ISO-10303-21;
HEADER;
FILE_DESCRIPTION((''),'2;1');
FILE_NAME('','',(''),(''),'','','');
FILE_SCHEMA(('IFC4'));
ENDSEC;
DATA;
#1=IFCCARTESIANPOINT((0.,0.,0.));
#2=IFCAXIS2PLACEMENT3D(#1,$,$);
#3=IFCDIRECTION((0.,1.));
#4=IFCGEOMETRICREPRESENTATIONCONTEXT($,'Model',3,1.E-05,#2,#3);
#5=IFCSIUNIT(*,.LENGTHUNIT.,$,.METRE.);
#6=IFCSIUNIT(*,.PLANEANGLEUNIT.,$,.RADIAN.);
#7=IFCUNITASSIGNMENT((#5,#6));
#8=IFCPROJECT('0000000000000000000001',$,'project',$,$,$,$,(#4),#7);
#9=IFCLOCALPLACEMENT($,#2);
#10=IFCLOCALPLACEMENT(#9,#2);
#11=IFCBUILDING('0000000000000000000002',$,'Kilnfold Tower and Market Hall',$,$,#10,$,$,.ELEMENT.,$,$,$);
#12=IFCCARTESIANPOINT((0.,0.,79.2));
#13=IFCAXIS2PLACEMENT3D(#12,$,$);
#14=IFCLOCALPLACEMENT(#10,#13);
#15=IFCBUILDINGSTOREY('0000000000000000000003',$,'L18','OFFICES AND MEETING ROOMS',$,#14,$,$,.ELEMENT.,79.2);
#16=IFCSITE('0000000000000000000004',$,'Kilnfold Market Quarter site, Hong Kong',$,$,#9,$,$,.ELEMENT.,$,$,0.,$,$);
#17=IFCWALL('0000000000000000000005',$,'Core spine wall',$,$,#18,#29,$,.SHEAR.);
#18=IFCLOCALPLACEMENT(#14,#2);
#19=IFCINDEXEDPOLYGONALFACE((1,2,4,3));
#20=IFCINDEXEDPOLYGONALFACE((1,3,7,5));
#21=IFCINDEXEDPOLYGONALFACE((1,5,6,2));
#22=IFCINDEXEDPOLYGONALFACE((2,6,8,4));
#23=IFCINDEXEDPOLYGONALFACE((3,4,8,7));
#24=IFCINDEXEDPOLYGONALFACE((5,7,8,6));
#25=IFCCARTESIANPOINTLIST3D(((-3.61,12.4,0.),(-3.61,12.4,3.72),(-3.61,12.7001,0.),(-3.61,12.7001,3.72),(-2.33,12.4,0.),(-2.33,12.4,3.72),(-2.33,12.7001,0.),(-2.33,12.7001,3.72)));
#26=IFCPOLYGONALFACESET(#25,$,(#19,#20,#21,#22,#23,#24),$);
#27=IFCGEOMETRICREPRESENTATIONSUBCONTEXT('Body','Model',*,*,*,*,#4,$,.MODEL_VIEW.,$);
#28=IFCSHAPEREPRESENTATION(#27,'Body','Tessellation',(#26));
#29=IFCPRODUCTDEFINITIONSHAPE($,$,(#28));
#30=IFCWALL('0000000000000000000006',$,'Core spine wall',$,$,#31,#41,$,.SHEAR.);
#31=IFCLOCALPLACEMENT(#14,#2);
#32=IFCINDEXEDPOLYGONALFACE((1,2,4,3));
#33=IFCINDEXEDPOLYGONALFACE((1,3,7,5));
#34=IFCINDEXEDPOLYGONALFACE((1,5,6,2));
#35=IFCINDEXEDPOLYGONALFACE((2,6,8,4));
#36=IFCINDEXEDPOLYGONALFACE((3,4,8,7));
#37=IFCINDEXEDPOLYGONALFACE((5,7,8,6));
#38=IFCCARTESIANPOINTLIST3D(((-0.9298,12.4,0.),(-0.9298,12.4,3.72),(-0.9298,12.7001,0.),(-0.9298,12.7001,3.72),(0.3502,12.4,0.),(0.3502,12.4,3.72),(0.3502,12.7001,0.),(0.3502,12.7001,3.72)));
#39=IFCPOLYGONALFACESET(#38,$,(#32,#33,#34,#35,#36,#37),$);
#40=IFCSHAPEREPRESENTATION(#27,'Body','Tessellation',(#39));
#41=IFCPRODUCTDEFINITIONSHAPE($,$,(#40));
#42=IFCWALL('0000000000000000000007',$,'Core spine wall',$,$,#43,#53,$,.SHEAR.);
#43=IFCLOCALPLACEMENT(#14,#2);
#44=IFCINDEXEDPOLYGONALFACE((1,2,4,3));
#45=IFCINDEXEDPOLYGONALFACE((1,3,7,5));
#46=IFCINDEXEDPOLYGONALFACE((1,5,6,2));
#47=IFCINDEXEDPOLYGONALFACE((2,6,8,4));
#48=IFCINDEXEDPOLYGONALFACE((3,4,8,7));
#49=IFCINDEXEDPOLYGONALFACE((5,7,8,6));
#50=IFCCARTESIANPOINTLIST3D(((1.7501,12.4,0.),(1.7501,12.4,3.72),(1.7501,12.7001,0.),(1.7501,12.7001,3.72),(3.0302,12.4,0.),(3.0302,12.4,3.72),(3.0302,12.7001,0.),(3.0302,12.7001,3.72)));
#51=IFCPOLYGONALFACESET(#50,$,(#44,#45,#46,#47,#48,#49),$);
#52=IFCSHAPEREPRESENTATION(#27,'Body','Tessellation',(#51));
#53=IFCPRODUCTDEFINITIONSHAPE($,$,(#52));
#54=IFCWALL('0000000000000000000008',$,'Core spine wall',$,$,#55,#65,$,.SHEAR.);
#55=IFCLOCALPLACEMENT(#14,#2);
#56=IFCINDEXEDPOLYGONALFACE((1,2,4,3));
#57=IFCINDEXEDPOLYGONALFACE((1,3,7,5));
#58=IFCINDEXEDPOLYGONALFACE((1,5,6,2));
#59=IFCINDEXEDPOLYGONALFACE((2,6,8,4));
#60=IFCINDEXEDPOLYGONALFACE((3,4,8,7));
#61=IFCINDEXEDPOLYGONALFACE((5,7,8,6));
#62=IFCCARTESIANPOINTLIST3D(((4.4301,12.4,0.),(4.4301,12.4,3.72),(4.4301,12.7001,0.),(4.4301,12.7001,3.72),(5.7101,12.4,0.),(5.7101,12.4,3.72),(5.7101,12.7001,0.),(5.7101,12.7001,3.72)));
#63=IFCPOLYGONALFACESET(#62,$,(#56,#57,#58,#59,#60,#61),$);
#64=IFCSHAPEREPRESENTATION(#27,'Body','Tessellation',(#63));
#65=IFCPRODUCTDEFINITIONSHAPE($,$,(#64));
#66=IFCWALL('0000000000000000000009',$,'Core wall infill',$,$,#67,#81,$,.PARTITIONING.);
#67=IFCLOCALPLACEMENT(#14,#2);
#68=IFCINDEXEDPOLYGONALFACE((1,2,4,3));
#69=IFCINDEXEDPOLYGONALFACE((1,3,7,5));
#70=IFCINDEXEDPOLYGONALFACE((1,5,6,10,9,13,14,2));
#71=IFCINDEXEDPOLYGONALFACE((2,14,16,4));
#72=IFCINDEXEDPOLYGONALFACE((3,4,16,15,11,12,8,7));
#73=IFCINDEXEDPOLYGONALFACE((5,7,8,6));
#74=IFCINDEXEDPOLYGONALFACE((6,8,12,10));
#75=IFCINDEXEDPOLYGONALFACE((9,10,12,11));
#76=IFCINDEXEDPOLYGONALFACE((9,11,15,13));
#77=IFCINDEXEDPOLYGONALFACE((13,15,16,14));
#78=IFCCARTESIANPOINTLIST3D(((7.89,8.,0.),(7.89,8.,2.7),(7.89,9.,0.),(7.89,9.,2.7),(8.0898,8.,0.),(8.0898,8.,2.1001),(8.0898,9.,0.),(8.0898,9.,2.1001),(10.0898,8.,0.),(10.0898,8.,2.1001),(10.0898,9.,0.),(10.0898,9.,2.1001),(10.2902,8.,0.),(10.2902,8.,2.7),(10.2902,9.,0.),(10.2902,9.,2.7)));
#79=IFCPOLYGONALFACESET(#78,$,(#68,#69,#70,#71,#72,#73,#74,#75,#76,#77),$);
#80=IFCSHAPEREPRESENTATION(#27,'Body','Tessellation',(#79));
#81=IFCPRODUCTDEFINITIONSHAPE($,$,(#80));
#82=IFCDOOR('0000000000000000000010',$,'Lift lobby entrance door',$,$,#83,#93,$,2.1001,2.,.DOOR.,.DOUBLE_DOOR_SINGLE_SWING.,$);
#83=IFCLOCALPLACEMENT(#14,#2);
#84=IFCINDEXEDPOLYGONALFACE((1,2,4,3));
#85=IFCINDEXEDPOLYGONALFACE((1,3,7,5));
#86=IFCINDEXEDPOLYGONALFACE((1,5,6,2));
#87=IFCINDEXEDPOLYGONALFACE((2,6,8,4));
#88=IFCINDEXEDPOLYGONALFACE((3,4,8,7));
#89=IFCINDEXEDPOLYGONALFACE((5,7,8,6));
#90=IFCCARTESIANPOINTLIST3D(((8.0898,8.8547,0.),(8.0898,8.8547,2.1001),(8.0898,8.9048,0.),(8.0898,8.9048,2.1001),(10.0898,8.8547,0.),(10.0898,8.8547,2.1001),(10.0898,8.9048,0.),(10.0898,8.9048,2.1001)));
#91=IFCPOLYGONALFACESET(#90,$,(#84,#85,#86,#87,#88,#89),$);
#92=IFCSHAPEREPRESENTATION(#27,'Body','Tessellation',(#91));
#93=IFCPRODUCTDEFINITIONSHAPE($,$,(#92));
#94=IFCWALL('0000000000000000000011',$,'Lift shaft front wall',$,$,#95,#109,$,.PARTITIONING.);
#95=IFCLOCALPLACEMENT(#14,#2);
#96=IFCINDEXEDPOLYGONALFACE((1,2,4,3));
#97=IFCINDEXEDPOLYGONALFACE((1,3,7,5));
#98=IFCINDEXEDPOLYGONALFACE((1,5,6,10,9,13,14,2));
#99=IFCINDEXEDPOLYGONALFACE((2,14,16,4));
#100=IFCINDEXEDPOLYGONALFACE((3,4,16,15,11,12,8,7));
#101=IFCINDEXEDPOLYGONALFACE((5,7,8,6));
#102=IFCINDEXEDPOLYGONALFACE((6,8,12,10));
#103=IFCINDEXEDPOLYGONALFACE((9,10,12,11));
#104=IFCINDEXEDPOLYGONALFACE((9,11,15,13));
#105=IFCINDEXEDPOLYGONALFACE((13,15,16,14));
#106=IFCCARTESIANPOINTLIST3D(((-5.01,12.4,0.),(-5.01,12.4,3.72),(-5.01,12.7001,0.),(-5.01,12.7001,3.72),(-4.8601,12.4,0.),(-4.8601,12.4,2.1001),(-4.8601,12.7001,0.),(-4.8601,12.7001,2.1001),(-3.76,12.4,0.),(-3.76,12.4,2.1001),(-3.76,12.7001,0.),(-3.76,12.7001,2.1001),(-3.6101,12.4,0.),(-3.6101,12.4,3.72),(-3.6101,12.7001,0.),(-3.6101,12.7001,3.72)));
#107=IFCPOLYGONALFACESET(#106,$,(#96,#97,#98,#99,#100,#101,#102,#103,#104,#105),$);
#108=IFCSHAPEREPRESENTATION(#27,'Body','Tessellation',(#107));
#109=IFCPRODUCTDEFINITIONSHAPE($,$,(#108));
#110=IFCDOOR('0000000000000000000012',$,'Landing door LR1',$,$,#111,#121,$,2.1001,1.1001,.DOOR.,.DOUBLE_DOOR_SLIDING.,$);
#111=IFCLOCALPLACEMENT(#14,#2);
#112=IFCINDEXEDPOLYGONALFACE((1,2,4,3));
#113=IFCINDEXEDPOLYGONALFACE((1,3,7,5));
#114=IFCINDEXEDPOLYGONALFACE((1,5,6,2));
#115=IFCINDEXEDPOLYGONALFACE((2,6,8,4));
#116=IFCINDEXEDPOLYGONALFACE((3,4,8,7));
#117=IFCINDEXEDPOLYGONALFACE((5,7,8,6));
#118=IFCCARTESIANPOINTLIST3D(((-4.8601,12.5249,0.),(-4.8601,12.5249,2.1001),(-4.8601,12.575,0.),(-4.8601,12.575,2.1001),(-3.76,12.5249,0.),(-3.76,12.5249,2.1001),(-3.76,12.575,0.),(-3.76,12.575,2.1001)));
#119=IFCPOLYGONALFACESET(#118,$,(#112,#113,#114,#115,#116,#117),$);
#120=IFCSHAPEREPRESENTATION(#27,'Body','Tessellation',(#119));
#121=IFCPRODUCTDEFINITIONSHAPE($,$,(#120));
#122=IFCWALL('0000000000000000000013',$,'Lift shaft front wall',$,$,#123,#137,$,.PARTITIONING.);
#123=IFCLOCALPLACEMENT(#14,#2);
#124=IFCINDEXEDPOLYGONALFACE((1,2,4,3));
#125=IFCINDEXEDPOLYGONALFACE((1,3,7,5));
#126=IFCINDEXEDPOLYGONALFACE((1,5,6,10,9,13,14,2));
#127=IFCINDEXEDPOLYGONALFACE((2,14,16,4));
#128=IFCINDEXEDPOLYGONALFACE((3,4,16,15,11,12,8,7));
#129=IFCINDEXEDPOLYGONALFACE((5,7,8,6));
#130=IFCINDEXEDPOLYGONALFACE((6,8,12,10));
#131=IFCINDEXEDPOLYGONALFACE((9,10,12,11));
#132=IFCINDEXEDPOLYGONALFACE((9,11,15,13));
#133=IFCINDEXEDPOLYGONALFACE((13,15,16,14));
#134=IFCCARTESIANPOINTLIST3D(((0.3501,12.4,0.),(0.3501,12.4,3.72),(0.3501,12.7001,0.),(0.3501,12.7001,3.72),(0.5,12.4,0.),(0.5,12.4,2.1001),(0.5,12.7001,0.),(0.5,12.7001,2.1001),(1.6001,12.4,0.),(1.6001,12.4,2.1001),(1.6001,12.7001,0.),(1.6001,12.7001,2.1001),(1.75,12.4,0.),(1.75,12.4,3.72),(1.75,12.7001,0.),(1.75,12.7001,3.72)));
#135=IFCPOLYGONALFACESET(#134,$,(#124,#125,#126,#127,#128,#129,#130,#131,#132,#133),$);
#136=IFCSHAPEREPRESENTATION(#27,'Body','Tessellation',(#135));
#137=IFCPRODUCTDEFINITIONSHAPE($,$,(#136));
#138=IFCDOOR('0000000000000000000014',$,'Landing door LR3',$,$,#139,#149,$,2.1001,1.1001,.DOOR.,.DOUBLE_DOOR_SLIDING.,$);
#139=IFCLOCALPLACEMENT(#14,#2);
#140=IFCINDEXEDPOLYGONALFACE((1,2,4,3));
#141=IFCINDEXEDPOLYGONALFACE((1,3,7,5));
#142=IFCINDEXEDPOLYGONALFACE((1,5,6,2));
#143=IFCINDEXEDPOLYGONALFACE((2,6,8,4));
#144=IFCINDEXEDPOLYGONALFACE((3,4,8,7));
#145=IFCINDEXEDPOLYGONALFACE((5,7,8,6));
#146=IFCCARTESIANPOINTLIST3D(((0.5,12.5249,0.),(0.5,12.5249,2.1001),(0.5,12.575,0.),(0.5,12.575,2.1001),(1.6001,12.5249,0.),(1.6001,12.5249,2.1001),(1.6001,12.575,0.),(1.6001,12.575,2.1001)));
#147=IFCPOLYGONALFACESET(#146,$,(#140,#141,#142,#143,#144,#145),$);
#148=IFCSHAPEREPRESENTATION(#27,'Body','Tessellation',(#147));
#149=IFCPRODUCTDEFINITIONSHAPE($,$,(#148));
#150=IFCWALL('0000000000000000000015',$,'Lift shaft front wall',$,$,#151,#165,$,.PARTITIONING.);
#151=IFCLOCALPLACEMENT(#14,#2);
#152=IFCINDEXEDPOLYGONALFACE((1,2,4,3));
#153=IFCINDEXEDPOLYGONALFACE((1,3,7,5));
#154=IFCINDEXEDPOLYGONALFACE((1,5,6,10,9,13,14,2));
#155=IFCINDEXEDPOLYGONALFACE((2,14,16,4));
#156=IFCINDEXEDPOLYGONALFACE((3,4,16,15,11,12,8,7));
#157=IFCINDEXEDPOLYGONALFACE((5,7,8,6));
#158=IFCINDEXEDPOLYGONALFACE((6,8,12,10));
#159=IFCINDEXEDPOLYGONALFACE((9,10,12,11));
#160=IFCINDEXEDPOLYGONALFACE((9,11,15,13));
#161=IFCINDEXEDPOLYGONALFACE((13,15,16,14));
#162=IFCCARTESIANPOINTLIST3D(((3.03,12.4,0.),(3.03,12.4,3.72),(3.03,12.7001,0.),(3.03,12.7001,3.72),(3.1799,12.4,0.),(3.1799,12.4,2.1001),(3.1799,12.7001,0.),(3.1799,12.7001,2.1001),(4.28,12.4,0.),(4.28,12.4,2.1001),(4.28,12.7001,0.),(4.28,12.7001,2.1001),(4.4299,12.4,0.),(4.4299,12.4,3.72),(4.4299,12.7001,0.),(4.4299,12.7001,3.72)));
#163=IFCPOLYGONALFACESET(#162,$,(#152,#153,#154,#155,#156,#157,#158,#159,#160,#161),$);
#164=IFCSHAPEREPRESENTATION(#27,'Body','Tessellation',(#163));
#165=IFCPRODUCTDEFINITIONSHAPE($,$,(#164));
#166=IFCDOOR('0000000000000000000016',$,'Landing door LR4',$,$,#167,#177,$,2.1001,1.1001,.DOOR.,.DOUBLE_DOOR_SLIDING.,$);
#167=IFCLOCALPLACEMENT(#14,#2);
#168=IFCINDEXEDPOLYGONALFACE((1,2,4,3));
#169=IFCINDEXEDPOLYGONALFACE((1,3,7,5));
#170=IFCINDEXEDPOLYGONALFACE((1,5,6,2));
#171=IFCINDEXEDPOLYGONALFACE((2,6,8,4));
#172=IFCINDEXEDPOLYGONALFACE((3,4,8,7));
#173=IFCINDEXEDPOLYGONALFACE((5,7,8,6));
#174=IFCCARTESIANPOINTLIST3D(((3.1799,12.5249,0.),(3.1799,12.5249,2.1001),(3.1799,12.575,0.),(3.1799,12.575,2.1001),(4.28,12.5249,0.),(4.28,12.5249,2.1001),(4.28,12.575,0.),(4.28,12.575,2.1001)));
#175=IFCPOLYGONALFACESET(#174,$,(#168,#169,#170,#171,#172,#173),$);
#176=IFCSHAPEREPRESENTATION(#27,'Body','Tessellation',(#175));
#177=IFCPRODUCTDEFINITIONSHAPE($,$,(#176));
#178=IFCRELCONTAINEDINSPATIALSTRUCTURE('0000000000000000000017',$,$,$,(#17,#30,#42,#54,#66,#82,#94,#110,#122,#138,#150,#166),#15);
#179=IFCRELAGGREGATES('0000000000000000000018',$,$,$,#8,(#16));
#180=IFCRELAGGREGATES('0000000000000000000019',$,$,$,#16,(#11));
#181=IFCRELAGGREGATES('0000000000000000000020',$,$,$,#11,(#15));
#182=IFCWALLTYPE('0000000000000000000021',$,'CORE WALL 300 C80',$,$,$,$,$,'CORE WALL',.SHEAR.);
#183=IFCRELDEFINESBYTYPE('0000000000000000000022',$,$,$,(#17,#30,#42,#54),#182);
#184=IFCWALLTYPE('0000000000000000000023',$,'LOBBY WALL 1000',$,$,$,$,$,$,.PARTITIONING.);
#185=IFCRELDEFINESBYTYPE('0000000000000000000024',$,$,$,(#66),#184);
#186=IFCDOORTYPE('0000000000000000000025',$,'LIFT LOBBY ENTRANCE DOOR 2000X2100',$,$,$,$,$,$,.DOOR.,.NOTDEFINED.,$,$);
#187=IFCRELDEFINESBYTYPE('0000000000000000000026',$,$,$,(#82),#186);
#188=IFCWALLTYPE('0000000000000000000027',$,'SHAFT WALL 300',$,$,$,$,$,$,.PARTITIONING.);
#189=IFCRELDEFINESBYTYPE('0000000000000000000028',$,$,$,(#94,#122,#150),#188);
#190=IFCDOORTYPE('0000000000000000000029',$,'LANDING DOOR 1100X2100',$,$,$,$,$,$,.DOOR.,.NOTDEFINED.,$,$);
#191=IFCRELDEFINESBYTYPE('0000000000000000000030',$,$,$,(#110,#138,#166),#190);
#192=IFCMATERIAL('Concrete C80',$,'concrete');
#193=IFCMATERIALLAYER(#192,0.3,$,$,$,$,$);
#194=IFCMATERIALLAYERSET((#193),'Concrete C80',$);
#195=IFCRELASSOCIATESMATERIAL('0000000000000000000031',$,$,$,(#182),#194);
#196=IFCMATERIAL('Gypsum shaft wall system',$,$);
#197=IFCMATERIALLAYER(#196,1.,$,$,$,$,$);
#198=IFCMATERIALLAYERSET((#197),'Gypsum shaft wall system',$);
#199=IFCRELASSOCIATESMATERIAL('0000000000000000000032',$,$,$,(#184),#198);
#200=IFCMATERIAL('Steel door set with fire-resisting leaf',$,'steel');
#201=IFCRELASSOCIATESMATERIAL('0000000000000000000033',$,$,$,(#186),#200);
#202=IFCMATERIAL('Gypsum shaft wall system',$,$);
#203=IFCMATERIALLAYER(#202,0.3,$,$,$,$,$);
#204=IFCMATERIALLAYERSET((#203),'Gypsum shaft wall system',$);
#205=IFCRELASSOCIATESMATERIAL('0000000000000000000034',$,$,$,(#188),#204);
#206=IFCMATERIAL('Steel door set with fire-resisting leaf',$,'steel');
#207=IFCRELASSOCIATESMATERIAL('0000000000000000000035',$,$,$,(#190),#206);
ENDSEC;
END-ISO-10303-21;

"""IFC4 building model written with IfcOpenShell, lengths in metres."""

from ifc_helpers import new_model, si_unit, direction, frame, frame_2d, origin, place, context, subcontext, project, spatial, rectangle, extrude, source, transform, mapped, material, layer, layer_set, type_object, element, fill, save


model = new_model("IFC4")

# Units and contexts
model_context = context("Model", 3, precision=1e-05, world=origin(), true_north=direction((0.0, 1.0)))
body_context = subcontext(model_context, "Body", "Model", "MODEL_VIEW")
ifc_project = project(units=[si_unit("LENGTHUNIT", "METRE"), si_unit("PLANEANGLEUNIT", "RADIAN")], contexts=[model_context])

# Site, building, storey
site_placement = place(None, origin())
site = spatial("IfcSite", under=ifc_project, at=site_placement, Name="Kilnfold Market Quarter site, Hong Kong", CompositionType="ELEMENT", RefElevation=0.0)
building_placement = place(site_placement, origin())
building = spatial("IfcBuilding", under=site, at=building_placement, Name="Kilnfold Tower and Market Hall", CompositionType="ELEMENT")
storey_placement = place(building_placement, frame((0.0, 0.0, 79.2)))
storey = spatial("IfcBuildingStorey", under=building, at=storey_placement, Name="L18", Description="OFFICES AND MEETING ROOMS", CompositionType="ELEMENT", Elevation=79.2)

# Walls
ifc_material_1 = material(Name="Concrete C80", Category="concrete")
ifc_layer_1 = layer(ifc_material_1, 0.3)
ifc_layer_set_1 = layer_set([ifc_layer_1], Name="Concrete C80")
wall_type_1 = type_object("IfcWallType", Name="CORE WALL 300 C80", ElementType="CORE WALL", PredefinedType="SHEAR", material=ifc_layer_set_1)
shared_shape_1 = source(origin(), body_context, "Body", "SweptSolid", [
    extrude(rectangle(XDim=1.28, YDim=0.3, at=frame_2d((0.6401, 0.0))), origin(), (0.0, 0.0, 1.0), 3.72),
])
for number, where, z_axis, x_axis, name in (
    (1, (-3.6101, 12.55, 0.0), (0.0, 0.0, 1.0), (1.0, 0.0, 0.0), "Core spine wall"),
    (2, (-0.9299, 12.55, 0.0), (0.0, 0.0, 1.0), (1.0, 0.0, 0.0), "Core spine wall"),
    (3, (1.75, 12.55, 0.0), (0.0, 0.0, 1.0), (1.0, 0.0, 0.0), "Core spine wall"),
    (4, (4.4299, 12.55, 0.0), (0.0, 0.0, 1.0), (1.0, 0.0, 0.0), "Core spine wall"),
):
    element("IfcWall", number, at=place(storey_placement, frame(where, z_axis=z_axis, x_axis=x_axis)), inside=storey, type_object=wall_type_1, Name=name, PredefinedType="SHEAR", context=body_context, shape_type="MappedRepresentation", body=[
        mapped(shared_shape_1, transform((0.0, 0.0, 0.0))),
    ])

# Walls, openings, doors
ifc_material_2 = material(Name="Gypsum shaft wall system")
ifc_layer_2 = layer(ifc_material_2, 1.0)
ifc_layer_set_2 = layer_set([ifc_layer_2], Name="Gypsum shaft wall system")
wall_type_2 = type_object("IfcWallType", Name="LOBBY WALL 1000", PredefinedType="PARTITIONING", material=ifc_layer_set_2)
shared_shape_2 = source(origin(), body_context, "Body", "SweptSolid", [
    extrude(rectangle(XDim=2.4001, YDim=1.0, at=frame_2d((1.2002, 0.0))), origin(), (0.0, 0.0, 1.0), 2.7),
])
wall_1_placement = place(storey_placement, frame((7.8899, 8.5, 0.0), z_axis=(0.0, 0.0, 1.0), x_axis=(1.0, 0.0, 0.0)))
wall_1 = element("IfcWall", 5, at=wall_1_placement, inside=storey, type_object=wall_type_2, Name="Core wall infill", PredefinedType="PARTITIONING", context=body_context, shape_type="MappedRepresentation", body=[
    mapped(shared_shape_2, transform((0.0, 0.0, 0.0))),
])
opening_1_placement = place(wall_1_placement, frame((0.2, 0.0, 0.0)))
opening_1 = element("IfcOpeningElement", 6, at=opening_1_placement, cuts=wall_1, PredefinedType="OPENING", context=body_context, shape_type="SweptSolid", body=[
    extrude(rectangle(XDim=2.0, YDim=2.1001, at=frame_2d((1.0, 1.05))), frame((0.0, 0.51, 0.0), z_axis=(0.0, -1.0, 0.0), x_axis=(1.0, 0.0, 0.0)), (0.0, 0.0, 1.0), 1.02),
])
ifc_material_3 = material(Name="Steel door set with fire-resisting leaf", Category="steel")
door_type_1 = type_object("IfcDoorType", Name="LIFT LOBBY ENTRANCE DOOR 2000X2100", OperationType="NOTDEFINED", PredefinedType="DOOR", material=ifc_material_3)
door_1_placement = place(opening_1_placement, origin())
door_1 = element("IfcDoor", 7, at=door_1_placement, inside=storey, type_object=door_type_1, Name="Lift lobby entrance door", OperationType="DOUBLE_DOOR_SINGLE_SWING", OverallHeight=2.1001, OverallWidth=2.0, PredefinedType="DOOR", context=body_context, shape_type="SweptSolid", body=[
    extrude(rectangle(XDim=2.0, YDim=2.1001, at=frame_2d((1.0, 1.05))), frame((0.0, 0.4048, 0.0), z_axis=(0.0, -1.0, 0.0), x_axis=(1.0, 0.0, 0.0)), (0.0, 0.0, 1.0), 0.05),
])
fill(opening_1, door_1)
ifc_material_4 = material(Name="Gypsum shaft wall system")
ifc_layer_3 = layer(ifc_material_4, 0.3)
ifc_layer_set_3 = layer_set([ifc_layer_3], Name="Gypsum shaft wall system")
wall_type_3 = type_object("IfcWallType", Name="SHAFT WALL 300", PredefinedType="PARTITIONING", material=ifc_layer_set_3)
shared_shape_3 = source(origin(), body_context, "Body", "SweptSolid", [
    extrude(rectangle(XDim=1.3999, YDim=0.3, at=frame_2d((0.7, 0.0))), origin(), (0.0, 0.0, 1.0), 3.72),
])
wall_2_placement = place(storey_placement, frame((-5.01, 12.55, 0.0), z_axis=(0.0, 0.0, 1.0), x_axis=(1.0, 0.0, 0.0)))
wall_2 = element("IfcWall", 8, at=wall_2_placement, inside=storey, type_object=wall_type_3, Name="Lift shaft front wall", PredefinedType="PARTITIONING", context=body_context, shape_type="MappedRepresentation", body=[
    mapped(shared_shape_3, transform((0.0, 0.0, 0.0))),
])
opening_2_placement = place(wall_2_placement, frame((0.1499, 0.0, 0.0)))
opening_2 = element("IfcOpeningElement", 9, at=opening_2_placement, cuts=wall_2, PredefinedType="OPENING", context=body_context, shape_type="SweptSolid", body=[
    extrude(rectangle(XDim=1.1001, YDim=2.1001, at=frame_2d((0.55, 1.05))), frame((0.0, 0.1602, 0.0), z_axis=(0.0, -1.0, 0.0), x_axis=(1.0, 0.0, 0.0)), (0.0, 0.0, 1.0), 0.3201),
])
ifc_material_5 = material(Name="Steel door set with fire-resisting leaf", Category="steel")
door_type_2 = type_object("IfcDoorType", Name="LANDING DOOR 1100X2100", OperationType="NOTDEFINED", PredefinedType="DOOR", material=ifc_material_5)
door_2_placement = place(opening_2_placement, origin())
door_2 = element("IfcDoor", 10, at=door_2_placement, inside=storey, type_object=door_type_2, Name="Landing door LR1", OperationType="DOUBLE_DOOR_SLIDING", OverallHeight=2.1001, OverallWidth=1.1001, PredefinedType="DOOR", context=body_context, shape_type="SweptSolid", body=[
    extrude(rectangle(XDim=1.1001, YDim=2.1001, at=frame_2d((0.55, 1.05))), frame((0.0, 0.0249, 0.0), z_axis=(0.0, -1.0, 0.0), x_axis=(1.0, 0.0, 0.0)), (0.0, 0.0, 1.0), 0.05),
])
fill(opening_2, door_2)
wall_3_placement = place(storey_placement, frame((0.3501, 12.55, 0.0), z_axis=(0.0, 0.0, 1.0), x_axis=(1.0, 0.0, 0.0)))
wall_3 = element("IfcWall", 11, at=wall_3_placement, inside=storey, type_object=wall_type_3, Name="Lift shaft front wall", PredefinedType="PARTITIONING", context=body_context, shape_type="MappedRepresentation", body=[
    mapped(shared_shape_3, transform((0.0, 0.0, 0.0))),
])
opening_3_placement = place(wall_3_placement, frame((0.1499, 0.0, 0.0)))
opening_3 = element("IfcOpeningElement", 12, at=opening_3_placement, cuts=wall_3, PredefinedType="OPENING", context=body_context, shape_type="SweptSolid", body=[
    extrude(rectangle(XDim=1.1001, YDim=2.1001, at=frame_2d((0.55, 1.05))), frame((0.0, 0.1602, 0.0), z_axis=(0.0, -1.0, 0.0), x_axis=(1.0, 0.0, 0.0)), (0.0, 0.0, 1.0), 0.3201),
])
door_3_placement = place(opening_3_placement, origin())
door_3 = element("IfcDoor", 13, at=door_3_placement, inside=storey, type_object=door_type_2, Name="Landing door LR3", OperationType="DOUBLE_DOOR_SLIDING", OverallHeight=2.1001, OverallWidth=1.1001, PredefinedType="DOOR", context=body_context, shape_type="SweptSolid", body=[
    extrude(rectangle(XDim=1.1001, YDim=2.1001, at=frame_2d((0.55, 1.05))), frame((0.0, 0.0249, 0.0), z_axis=(0.0, -1.0, 0.0), x_axis=(1.0, 0.0, 0.0)), (0.0, 0.0, 1.0), 0.05),
])
fill(opening_3, door_3)
wall_4_placement = place(storey_placement, frame((3.03, 12.55, 0.0), z_axis=(0.0, 0.0, 1.0), x_axis=(1.0, 0.0, 0.0)))
wall_4 = element("IfcWall", 14, at=wall_4_placement, inside=storey, type_object=wall_type_3, Name="Lift shaft front wall", PredefinedType="PARTITIONING", context=body_context, shape_type="MappedRepresentation", body=[
    mapped(shared_shape_3, transform((0.0, 0.0, 0.0))),
])
opening_4_placement = place(wall_4_placement, frame((0.1499, 0.0, 0.0)))
opening_4 = element("IfcOpeningElement", 15, at=opening_4_placement, cuts=wall_4, PredefinedType="OPENING", context=body_context, shape_type="SweptSolid", body=[
    extrude(rectangle(XDim=1.1001, YDim=2.1001, at=frame_2d((0.55, 1.05))), frame((0.0, 0.1602, 0.0), z_axis=(0.0, -1.0, 0.0), x_axis=(1.0, 0.0, 0.0)), (0.0, 0.0, 1.0), 0.3201),
])
door_4_placement = place(opening_4_placement, origin())
door_4 = element("IfcDoor", 16, at=door_4_placement, inside=storey, type_object=door_type_2, Name="Landing door LR4", OperationType="DOUBLE_DOOR_SLIDING", OverallHeight=2.1001, OverallWidth=1.1001, PredefinedType="DOOR", context=body_context, shape_type="SweptSolid", body=[
    extrude(rectangle(XDim=1.1001, YDim=2.1001, at=frame_2d((0.55, 1.05))), frame((0.0, 0.0249, 0.0), z_axis=(0.0, -1.0, 0.0), x_axis=(1.0, 0.0, 0.0)), (0.0, 0.0, 1.0), 0.05),
])
fill(opening_4, door_4)

save(model, "model.ifc")
